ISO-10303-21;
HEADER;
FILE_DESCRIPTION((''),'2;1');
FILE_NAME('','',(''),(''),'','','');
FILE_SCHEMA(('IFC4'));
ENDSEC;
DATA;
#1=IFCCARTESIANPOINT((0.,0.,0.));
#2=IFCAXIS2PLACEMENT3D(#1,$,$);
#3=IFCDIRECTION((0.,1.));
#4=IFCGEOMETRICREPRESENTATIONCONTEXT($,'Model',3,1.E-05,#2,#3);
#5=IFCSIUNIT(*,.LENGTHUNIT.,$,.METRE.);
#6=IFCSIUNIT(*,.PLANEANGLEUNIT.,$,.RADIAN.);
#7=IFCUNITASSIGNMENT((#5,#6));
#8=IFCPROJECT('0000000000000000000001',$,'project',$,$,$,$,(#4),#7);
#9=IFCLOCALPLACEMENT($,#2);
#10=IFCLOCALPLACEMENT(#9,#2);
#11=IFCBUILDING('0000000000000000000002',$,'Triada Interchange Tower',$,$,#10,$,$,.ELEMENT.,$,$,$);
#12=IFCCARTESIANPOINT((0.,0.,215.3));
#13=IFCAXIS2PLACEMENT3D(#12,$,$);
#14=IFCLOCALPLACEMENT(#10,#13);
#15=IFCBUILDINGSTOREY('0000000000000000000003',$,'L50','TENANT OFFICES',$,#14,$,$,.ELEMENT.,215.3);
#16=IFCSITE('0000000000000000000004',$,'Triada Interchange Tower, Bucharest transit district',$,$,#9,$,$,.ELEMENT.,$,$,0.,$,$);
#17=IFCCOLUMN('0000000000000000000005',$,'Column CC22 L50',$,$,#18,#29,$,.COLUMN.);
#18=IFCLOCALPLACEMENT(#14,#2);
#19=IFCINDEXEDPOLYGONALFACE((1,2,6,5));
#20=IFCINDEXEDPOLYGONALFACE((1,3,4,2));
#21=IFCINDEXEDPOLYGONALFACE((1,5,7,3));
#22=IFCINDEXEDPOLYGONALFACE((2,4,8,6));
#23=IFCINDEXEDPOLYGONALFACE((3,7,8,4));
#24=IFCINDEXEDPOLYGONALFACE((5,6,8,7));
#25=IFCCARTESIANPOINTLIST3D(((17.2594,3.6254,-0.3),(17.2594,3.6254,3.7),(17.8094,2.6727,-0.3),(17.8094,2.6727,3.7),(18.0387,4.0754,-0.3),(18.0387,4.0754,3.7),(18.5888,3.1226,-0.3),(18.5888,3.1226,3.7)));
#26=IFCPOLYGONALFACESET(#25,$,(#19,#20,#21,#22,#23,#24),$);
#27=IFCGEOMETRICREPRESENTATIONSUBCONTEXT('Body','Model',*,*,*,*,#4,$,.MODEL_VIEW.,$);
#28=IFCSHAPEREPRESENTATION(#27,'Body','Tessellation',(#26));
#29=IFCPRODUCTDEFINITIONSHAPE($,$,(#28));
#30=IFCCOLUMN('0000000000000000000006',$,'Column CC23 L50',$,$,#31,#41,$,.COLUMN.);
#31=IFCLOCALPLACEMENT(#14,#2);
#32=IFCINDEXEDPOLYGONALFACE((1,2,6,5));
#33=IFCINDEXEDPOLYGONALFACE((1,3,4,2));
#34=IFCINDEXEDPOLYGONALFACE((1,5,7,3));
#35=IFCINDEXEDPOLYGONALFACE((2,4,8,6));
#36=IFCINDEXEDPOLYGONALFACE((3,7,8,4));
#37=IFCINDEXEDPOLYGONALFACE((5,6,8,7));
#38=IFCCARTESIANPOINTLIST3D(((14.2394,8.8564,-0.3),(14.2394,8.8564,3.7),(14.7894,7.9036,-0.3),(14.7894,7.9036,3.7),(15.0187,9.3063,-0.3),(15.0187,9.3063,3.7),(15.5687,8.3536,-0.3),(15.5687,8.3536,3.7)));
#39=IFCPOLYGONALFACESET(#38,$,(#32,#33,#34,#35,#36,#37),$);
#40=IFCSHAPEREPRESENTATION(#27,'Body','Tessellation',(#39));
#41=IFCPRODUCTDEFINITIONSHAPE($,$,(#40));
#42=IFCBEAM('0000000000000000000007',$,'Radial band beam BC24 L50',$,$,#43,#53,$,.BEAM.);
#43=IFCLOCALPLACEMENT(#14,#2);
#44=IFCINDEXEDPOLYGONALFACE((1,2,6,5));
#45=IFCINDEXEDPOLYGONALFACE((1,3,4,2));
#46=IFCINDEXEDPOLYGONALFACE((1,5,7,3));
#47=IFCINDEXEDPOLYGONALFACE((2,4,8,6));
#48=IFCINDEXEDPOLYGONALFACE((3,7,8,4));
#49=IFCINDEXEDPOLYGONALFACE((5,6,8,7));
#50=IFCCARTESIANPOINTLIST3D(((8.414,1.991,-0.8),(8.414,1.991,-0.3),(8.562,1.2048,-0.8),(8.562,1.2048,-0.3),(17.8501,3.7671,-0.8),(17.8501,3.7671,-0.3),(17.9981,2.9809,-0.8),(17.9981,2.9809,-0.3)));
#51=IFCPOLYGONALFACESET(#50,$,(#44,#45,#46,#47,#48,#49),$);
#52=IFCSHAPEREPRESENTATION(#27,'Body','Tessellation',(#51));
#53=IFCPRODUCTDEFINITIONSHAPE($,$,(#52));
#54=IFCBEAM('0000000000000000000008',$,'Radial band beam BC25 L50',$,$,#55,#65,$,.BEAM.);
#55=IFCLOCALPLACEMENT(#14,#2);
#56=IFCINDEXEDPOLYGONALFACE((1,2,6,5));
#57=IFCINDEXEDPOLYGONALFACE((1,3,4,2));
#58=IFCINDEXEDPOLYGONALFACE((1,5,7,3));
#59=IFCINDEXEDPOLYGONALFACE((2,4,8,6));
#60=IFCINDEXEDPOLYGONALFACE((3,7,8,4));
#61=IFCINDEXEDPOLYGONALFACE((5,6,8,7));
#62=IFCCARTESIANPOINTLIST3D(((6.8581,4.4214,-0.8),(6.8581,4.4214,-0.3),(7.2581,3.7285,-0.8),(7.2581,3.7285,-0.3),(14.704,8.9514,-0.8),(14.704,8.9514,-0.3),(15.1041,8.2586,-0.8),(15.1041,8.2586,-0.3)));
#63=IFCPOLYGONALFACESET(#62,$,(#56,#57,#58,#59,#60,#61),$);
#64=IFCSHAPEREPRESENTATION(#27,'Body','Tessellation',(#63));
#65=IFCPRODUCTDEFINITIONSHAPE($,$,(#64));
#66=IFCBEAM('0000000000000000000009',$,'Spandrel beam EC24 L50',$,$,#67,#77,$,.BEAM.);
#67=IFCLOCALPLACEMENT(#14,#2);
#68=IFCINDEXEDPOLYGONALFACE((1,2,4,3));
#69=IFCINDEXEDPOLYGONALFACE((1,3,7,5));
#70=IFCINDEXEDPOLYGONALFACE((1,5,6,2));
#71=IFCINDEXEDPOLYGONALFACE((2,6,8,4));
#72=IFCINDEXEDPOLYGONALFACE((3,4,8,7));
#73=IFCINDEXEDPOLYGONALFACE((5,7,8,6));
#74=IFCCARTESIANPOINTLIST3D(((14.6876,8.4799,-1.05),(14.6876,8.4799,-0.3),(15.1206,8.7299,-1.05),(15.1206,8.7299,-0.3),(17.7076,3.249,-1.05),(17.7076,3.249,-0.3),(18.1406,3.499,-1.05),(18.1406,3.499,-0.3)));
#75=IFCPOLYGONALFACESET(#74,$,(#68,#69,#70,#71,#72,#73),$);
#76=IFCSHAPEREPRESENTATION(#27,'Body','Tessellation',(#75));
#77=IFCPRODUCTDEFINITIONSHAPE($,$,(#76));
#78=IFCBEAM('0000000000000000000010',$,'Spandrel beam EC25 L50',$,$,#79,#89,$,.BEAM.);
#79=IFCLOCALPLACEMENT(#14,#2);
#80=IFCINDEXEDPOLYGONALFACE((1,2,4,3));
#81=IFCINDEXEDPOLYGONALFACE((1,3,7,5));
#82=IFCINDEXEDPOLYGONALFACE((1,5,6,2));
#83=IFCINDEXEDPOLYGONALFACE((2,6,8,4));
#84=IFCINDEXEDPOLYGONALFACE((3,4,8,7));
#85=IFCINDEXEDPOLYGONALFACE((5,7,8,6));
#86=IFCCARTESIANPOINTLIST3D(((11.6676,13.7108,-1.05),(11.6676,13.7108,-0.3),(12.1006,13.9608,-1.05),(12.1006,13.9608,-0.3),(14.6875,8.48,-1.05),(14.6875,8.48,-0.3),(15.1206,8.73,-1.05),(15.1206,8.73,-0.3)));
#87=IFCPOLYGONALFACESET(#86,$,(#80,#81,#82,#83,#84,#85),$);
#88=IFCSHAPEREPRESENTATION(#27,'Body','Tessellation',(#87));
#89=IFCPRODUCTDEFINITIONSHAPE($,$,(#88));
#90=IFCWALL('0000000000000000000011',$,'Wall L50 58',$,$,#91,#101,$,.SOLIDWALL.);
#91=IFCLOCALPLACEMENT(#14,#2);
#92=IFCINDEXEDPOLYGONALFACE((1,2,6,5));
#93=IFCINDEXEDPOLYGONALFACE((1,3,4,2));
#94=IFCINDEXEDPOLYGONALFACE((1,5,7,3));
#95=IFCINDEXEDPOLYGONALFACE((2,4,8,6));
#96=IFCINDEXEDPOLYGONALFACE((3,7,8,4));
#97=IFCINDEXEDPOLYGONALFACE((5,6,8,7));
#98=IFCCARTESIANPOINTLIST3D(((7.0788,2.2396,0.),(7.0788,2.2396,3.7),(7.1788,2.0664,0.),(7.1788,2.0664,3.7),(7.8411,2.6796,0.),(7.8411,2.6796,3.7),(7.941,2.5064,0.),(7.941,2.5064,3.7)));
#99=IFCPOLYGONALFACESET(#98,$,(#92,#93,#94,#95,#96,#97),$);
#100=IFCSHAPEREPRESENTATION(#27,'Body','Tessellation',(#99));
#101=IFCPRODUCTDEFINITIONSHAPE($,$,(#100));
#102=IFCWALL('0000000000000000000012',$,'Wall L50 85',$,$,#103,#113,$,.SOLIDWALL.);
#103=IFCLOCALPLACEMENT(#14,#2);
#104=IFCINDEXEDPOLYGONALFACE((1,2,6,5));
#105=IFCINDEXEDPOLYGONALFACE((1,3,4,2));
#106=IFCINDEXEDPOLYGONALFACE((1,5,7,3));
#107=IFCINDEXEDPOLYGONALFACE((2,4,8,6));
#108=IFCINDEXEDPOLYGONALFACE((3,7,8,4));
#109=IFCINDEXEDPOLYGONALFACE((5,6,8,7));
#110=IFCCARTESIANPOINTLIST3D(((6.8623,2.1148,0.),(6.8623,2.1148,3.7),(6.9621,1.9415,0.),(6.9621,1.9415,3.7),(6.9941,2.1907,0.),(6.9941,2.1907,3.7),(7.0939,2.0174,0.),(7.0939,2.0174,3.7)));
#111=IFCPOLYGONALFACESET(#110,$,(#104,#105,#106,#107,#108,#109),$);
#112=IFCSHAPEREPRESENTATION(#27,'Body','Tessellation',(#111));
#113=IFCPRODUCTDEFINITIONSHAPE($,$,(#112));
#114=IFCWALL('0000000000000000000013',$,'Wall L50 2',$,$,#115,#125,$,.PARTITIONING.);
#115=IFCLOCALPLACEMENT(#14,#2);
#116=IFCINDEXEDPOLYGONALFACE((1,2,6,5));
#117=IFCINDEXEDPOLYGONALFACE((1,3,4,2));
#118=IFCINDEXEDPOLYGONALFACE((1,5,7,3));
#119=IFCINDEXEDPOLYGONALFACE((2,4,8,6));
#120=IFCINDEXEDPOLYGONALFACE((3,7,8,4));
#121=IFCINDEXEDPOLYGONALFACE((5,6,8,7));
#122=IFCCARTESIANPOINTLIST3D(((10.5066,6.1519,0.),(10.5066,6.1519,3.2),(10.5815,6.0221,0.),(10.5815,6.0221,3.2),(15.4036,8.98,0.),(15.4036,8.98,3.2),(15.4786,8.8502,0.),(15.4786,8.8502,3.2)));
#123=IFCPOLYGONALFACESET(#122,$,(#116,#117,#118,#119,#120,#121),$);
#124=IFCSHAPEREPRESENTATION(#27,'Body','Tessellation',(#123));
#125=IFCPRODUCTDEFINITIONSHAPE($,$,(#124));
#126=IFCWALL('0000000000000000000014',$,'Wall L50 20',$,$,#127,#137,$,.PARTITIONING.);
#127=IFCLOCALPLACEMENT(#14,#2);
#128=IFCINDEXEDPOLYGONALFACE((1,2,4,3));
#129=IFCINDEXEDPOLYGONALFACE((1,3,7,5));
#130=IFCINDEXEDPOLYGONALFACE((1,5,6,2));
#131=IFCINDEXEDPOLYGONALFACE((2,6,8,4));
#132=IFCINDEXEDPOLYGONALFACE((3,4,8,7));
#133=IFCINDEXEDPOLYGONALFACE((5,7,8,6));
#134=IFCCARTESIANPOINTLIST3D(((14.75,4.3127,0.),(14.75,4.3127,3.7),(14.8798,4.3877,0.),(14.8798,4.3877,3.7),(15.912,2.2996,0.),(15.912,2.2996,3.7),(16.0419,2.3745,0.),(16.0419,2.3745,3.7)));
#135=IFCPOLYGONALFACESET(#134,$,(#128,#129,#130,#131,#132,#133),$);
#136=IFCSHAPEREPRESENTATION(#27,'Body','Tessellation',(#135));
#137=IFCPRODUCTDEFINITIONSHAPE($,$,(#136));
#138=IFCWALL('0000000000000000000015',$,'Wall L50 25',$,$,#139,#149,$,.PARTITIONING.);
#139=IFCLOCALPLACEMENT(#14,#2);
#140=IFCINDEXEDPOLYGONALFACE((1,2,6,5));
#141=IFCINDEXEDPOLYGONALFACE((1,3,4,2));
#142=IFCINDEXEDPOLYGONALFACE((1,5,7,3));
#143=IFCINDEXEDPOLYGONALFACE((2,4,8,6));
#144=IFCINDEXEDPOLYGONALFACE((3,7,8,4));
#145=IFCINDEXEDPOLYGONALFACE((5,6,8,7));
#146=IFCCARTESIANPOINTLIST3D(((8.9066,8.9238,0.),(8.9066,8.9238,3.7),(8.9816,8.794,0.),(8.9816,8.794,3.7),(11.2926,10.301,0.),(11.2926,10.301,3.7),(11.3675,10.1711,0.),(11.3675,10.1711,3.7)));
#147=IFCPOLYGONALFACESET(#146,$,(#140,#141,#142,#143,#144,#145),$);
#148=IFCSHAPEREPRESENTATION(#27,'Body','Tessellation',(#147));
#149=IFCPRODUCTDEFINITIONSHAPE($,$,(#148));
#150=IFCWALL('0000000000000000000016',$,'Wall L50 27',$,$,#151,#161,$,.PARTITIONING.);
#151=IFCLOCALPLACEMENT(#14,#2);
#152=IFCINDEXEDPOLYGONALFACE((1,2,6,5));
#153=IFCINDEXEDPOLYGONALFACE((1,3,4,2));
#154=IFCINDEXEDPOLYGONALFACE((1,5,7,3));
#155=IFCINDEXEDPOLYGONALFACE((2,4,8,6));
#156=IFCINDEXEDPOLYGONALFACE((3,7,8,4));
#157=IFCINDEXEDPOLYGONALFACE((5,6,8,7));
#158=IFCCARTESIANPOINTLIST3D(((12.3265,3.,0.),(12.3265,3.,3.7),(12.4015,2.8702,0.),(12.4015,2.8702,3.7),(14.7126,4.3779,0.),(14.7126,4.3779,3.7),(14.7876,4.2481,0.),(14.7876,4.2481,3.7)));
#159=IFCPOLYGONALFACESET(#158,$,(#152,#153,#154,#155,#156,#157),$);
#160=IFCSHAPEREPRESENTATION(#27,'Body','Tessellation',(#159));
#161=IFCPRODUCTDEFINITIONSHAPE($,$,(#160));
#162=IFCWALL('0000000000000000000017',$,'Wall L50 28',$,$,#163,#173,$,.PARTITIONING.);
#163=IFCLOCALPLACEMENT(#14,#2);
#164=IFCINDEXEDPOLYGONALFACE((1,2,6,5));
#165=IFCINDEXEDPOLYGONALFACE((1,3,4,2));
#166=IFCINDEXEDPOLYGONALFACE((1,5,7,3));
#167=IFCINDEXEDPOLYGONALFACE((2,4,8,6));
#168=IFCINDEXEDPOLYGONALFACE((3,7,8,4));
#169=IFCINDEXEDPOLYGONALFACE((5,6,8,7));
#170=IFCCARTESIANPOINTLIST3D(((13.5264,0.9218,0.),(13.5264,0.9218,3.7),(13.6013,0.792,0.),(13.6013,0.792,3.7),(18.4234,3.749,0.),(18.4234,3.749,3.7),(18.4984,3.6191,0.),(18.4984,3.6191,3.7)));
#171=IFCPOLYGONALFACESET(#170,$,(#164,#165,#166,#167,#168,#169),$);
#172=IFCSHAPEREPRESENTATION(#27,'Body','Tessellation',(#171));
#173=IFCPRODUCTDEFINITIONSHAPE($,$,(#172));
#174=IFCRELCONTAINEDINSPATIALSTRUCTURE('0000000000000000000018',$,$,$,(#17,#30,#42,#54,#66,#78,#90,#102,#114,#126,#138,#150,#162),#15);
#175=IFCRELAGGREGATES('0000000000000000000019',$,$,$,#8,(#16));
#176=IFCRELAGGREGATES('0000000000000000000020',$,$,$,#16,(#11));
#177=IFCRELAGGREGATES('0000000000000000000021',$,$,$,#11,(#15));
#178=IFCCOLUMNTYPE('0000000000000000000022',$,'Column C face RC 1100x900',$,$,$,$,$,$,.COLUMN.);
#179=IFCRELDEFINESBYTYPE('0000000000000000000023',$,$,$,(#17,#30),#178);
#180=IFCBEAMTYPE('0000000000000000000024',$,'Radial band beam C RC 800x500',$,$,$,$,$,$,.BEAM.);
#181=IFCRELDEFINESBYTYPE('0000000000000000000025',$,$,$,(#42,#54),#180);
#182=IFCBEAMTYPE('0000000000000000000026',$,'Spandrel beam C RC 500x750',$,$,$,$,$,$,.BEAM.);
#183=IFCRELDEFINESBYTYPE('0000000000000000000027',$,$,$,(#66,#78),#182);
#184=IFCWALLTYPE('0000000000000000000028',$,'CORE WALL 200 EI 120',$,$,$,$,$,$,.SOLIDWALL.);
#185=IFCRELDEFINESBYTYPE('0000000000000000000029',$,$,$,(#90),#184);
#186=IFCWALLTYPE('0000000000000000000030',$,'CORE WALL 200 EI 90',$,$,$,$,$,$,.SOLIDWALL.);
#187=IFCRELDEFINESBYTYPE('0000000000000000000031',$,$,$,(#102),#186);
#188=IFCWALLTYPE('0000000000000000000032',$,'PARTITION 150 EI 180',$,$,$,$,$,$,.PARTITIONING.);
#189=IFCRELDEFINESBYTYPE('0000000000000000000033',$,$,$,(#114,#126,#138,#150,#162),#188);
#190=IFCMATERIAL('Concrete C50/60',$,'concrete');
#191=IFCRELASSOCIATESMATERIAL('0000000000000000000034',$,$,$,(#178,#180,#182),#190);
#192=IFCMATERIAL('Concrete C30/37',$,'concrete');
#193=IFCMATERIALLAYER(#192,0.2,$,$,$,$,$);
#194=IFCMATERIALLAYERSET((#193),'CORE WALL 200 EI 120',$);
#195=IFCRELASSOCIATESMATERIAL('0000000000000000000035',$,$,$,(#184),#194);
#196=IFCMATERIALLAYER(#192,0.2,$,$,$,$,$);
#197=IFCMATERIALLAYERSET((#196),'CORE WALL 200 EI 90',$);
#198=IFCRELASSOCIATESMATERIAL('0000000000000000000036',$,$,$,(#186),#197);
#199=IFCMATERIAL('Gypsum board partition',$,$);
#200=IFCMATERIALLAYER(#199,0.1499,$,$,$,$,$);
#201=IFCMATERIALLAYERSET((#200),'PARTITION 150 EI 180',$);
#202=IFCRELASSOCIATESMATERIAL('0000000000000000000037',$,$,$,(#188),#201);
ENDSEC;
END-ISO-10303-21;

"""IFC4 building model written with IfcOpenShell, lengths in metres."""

from ifc_helpers import new_model, si_unit, direction, frame, frame_2d, origin, origin_2d, place, context, subcontext, project, spatial, rectangle, extrude, material, layer, layer_set, material_profile, profile_set, type_object, element, save


model = new_model("IFC4")

# Units and contexts
model_context = context("Model", 3, precision=1e-05, world=origin(), true_north=direction((0.0, 1.0)))
body_context = subcontext(model_context, "Body", "Model", "MODEL_VIEW")
ifc_project = project(units=[si_unit("LENGTHUNIT", "METRE"), si_unit("PLANEANGLEUNIT", "RADIAN")], contexts=[model_context])

# Site, building, storey
site_placement = place(None, origin())
site = spatial("IfcSite", under=ifc_project, at=site_placement, Name="Triada Interchange Tower, Bucharest transit district", CompositionType="ELEMENT", RefElevation=0.0)
building_placement = place(site_placement, origin())
building = spatial("IfcBuilding", under=site, at=building_placement, Name="Triada Interchange Tower", CompositionType="ELEMENT")
storey_placement = place(building_placement, frame((0.0, 0.0, 215.3)))
storey = spatial("IfcBuildingStorey", under=building, at=storey_placement, Name="L50", Description="TENANT OFFICES", CompositionType="ELEMENT", Elevation=215.3)

# Columns
ifc_material_1 = material(Name="Concrete C50/60", Category="concrete")
ifc_material_profile_1 = material_profile(ifc_material_1, rectangle(XDim=1.1001, YDim=0.8999, at=origin_2d()), Name="RC 1100x900")
ifc_profile_set_1 = profile_set([ifc_material_profile_1], Name="Concrete C50/60")
column_type = type_object("IfcColumnType", Name="Column C face RC 1100x900", PredefinedType="COLUMN", material=ifc_profile_set_1)
for number, where, z_axis, x_axis, name in (
    (1, (17.9241, 3.374, -0.3), (0.0, 0.0, 1.0), (-0.5, 0.866025, 0.0), "Column CC22 L50"),
    (2, (14.9041, 8.605, -0.3), (0.0, 0.0, 1.0), (-0.5, 0.866025, 0.0), "Column CC23 L50"),
):
    element("IfcColumn", number, at=place(storey_placement, frame(where, z_axis=z_axis, x_axis=x_axis)), inside=storey, type_object=column_type, Name=name, PredefinedType="COLUMN", context=body_context, shape_type="SweptSolid", body=[
        extrude(rectangle(XDim=1.1001, YDim=0.8999, at=origin_2d()), origin(), (0.0, 0.0, 1.0), 4.0),
    ])

# Beams
ifc_material_profile_2 = material_profile(ifc_material_1, rectangle(XDim=0.8, YDim=0.5, at=origin_2d()), Name="RC 800x500")
ifc_profile_set_2 = profile_set([ifc_material_profile_2], Name="Concrete C50/60")
beam_type_1 = type_object("IfcBeamType", Name="Radial band beam C RC 800x500", PredefinedType="BEAM", material=ifc_profile_set_2)
beam_1_placement = place(storey_placement, frame((17.9241, 3.374, -0.55), z_axis=(-0.982742, -0.184979, 0.0), x_axis=(0.184979, -0.982742, 0.0)))
element("IfcBeam", 3, at=beam_1_placement, inside=storey, type_object=beam_type_1, Name="Radial band beam BC24 L50", PredefinedType="BEAM", context=body_context, shape_type="SweptSolid", body=[
    extrude(rectangle(XDim=0.8, YDim=0.5, at=origin_2d()), origin(), (0.0, 0.0, 1.0), 9.6018),
])
beam_2_placement = place(storey_placement, frame((14.9041, 8.605, -0.55), z_axis=(-0.866017, -0.500014, 0.0), x_axis=(0.500014, -0.866017, 0.0)))
element("IfcBeam", 4, at=beam_2_placement, inside=storey, type_object=beam_type_1, Name="Radial band beam BC25 L50", PredefinedType="BEAM", context=body_context, shape_type="SweptSolid", body=[
    extrude(rectangle(XDim=0.8, YDim=0.5, at=origin_2d()), origin(), (0.0, 0.0, 1.0), 9.0598),
])
ifc_material_profile_3 = material_profile(ifc_material_1, rectangle(XDim=0.5, YDim=0.75, at=origin_2d()), Name="RC 500x750")
ifc_profile_set_3 = profile_set([ifc_material_profile_3], Name="Concrete C50/60")
beam_type_2 = type_object("IfcBeamType", Name="Spandrel beam C RC 500x750", PredefinedType="BEAM", material=ifc_profile_set_3)
for number, where, z_axis, x_axis, name in (
    (5, (17.9241, 3.374, -0.675), (-0.499991, 0.866031, 0.0), (-0.866031, -0.499991, 0.0), "Spandrel beam EC24 L50"),
    (6, (14.9041, 8.605, -0.675), (-0.499991, 0.866031, 0.0), (-0.866031, -0.499991, 0.0), "Spandrel beam EC25 L50"),
):
    element("IfcBeam", number, at=place(storey_placement, frame(where, z_axis=z_axis, x_axis=x_axis)), inside=storey, type_object=beam_type_2, Name=name, PredefinedType="BEAM", context=body_context, shape_type="SweptSolid", body=[
        extrude(rectangle(XDim=0.5, YDim=0.75, at=origin_2d()), origin(), (0.0, 0.0, 1.0), 6.04),
    ])

# Walls
ifc_material_2 = material(Name="Concrete C30/37", Category="concrete")
ifc_layer_1 = layer(ifc_material_2, 0.2)
ifc_layer_set_1 = layer_set([ifc_layer_1], Name="CORE WALL 200 EI 120")
wall_type_1 = type_object("IfcWallType", Name="CORE WALL 200 EI 120", PredefinedType="SOLIDWALL", material=ifc_layer_set_1)
wall_1_placement = place(storey_placement, frame((7.1289, 2.1531, 0.0), z_axis=(0.0, 0.0, 1.0), x_axis=(0.866084, 0.499899, 0.0)))
element("IfcWall", 7, at=wall_1_placement, inside=storey, type_object=wall_type_1, Name="Wall L50 58", PredefinedType="SOLIDWALL", context=body_context, shape_type="SweptSolid", body=[
    extrude(rectangle(XDim=0.8801, YDim=0.2, at=frame_2d((0.4399, 0.0))), origin(), (0.0, 0.0, 1.0), 3.7),
])
ifc_layer_2 = layer(ifc_material_2, 0.2)
ifc_layer_set_2 = layer_set([ifc_layer_2], Name="CORE WALL 200 EI 90")
wall_type_2 = type_object("IfcWallType", Name="CORE WALL 200 EI 90", PredefinedType="SOLIDWALL", material=ifc_layer_set_2)
wall_2_placement = place(storey_placement, frame((6.9121, 2.0281, 0.0), z_axis=(0.0, 0.0, 1.0), x_axis=(0.866559, 0.499074, 0.0)))
element("IfcWall", 8, at=wall_2_placement, inside=storey, type_object=wall_type_2, Name="Wall L50 85", PredefinedType="SOLIDWALL", context=body_context, shape_type="SweptSolid", body=[
    extrude(rectangle(XDim=0.1521, YDim=0.2, at=frame_2d((0.0762, 0.0))), origin(), (0.0, 0.0, 1.0), 3.7),
])
ifc_material_3 = material(Name="Gypsum board partition")
ifc_layer_3 = layer(ifc_material_3, 0.1499)
ifc_layer_set_3 = layer_set([ifc_layer_3], Name="PARTITION 150 EI 180")
wall_type_3 = type_object("IfcWallType", Name="PARTITION 150 EI 180", PredefinedType="PARTITIONING", material=ifc_layer_set_3)
wall_3_placement = place(storey_placement, frame((10.5439, 6.0869, 0.0), z_axis=(0.0, 0.0, 1.0), x_axis=(0.86596, 0.500114, 0.0)))
element("IfcWall", 9, at=wall_3_placement, inside=storey, type_object=wall_type_3, Name="Wall L50 2", PredefinedType="PARTITIONING", context=body_context, shape_type="SweptSolid", body=[
    extrude(rectangle(XDim=5.655, YDim=0.1499, at=frame_2d((2.8276, 0.0))), origin(), (0.0, 0.0, 1.0), 3.2),
])
wall_4_placement = place(storey_placement, frame((14.8149, 4.3501, 0.0), z_axis=(0.0, 0.0, 1.0), x_axis=(0.499935, -0.866063, 0.0)))
element("IfcWall", 10, at=wall_4_placement, inside=storey, type_object=wall_type_3, Name="Wall L50 20", PredefinedType="PARTITIONING", context=body_context, shape_type="SweptSolid", body=[
    extrude(rectangle(XDim=2.3245, YDim=0.1499, at=frame_2d((1.1621, 0.0))), origin(), (0.0, 0.0, 1.0), 3.7),
])
wall_5_placement = place(storey_placement, frame((8.9441, 8.8589, 0.0), z_axis=(0.0, 0.0, 1.0), x_axis=(0.866081, 0.499904, 0.0)))
element("IfcWall", 11, at=wall_5_placement, inside=storey, type_object=wall_type_3, Name="Wall L50 25", PredefinedType="PARTITIONING", context=body_context, shape_type="SweptSolid", body=[
    extrude(rectangle(XDim=2.7549, YDim=0.1499, at=frame_2d((1.3774, 0.0))), origin(), (0.0, 0.0, 1.0), 3.7),
])
wall_6_placement = place(storey_placement, frame((12.364, 2.9351, 0.0), z_axis=(0.0, 0.0, 1.0), x_axis=(0.865966, 0.500103, 0.0)))
element("IfcWall", 12, at=wall_6_placement, inside=storey, type_object=wall_type_3, Name="Wall L50 27", PredefinedType="PARTITIONING", context=body_context, shape_type="SweptSolid", body=[
    extrude(rectangle(XDim=2.7554, YDim=0.1499, at=frame_2d((1.3777, 0.0))), origin(), (0.0, 0.0, 1.0), 3.7),
])
wall_7_placement = place(storey_placement, frame((13.564, 0.8569, 0.0), z_axis=(0.0, 0.0, 1.0), x_axis=(0.866035, 0.499984, 0.0)))
element("IfcWall", 13, at=wall_7_placement, inside=storey, type_object=wall_type_3, Name="Wall L50 28", PredefinedType="PARTITIONING", context=body_context, shape_type="SweptSolid", body=[
    extrude(rectangle(XDim=5.6545, YDim=0.1499, at=frame_2d((2.8271, 0.0))), origin(), (0.0, 0.0, 1.0), 3.7),
])

save(model, "model.ifc")
